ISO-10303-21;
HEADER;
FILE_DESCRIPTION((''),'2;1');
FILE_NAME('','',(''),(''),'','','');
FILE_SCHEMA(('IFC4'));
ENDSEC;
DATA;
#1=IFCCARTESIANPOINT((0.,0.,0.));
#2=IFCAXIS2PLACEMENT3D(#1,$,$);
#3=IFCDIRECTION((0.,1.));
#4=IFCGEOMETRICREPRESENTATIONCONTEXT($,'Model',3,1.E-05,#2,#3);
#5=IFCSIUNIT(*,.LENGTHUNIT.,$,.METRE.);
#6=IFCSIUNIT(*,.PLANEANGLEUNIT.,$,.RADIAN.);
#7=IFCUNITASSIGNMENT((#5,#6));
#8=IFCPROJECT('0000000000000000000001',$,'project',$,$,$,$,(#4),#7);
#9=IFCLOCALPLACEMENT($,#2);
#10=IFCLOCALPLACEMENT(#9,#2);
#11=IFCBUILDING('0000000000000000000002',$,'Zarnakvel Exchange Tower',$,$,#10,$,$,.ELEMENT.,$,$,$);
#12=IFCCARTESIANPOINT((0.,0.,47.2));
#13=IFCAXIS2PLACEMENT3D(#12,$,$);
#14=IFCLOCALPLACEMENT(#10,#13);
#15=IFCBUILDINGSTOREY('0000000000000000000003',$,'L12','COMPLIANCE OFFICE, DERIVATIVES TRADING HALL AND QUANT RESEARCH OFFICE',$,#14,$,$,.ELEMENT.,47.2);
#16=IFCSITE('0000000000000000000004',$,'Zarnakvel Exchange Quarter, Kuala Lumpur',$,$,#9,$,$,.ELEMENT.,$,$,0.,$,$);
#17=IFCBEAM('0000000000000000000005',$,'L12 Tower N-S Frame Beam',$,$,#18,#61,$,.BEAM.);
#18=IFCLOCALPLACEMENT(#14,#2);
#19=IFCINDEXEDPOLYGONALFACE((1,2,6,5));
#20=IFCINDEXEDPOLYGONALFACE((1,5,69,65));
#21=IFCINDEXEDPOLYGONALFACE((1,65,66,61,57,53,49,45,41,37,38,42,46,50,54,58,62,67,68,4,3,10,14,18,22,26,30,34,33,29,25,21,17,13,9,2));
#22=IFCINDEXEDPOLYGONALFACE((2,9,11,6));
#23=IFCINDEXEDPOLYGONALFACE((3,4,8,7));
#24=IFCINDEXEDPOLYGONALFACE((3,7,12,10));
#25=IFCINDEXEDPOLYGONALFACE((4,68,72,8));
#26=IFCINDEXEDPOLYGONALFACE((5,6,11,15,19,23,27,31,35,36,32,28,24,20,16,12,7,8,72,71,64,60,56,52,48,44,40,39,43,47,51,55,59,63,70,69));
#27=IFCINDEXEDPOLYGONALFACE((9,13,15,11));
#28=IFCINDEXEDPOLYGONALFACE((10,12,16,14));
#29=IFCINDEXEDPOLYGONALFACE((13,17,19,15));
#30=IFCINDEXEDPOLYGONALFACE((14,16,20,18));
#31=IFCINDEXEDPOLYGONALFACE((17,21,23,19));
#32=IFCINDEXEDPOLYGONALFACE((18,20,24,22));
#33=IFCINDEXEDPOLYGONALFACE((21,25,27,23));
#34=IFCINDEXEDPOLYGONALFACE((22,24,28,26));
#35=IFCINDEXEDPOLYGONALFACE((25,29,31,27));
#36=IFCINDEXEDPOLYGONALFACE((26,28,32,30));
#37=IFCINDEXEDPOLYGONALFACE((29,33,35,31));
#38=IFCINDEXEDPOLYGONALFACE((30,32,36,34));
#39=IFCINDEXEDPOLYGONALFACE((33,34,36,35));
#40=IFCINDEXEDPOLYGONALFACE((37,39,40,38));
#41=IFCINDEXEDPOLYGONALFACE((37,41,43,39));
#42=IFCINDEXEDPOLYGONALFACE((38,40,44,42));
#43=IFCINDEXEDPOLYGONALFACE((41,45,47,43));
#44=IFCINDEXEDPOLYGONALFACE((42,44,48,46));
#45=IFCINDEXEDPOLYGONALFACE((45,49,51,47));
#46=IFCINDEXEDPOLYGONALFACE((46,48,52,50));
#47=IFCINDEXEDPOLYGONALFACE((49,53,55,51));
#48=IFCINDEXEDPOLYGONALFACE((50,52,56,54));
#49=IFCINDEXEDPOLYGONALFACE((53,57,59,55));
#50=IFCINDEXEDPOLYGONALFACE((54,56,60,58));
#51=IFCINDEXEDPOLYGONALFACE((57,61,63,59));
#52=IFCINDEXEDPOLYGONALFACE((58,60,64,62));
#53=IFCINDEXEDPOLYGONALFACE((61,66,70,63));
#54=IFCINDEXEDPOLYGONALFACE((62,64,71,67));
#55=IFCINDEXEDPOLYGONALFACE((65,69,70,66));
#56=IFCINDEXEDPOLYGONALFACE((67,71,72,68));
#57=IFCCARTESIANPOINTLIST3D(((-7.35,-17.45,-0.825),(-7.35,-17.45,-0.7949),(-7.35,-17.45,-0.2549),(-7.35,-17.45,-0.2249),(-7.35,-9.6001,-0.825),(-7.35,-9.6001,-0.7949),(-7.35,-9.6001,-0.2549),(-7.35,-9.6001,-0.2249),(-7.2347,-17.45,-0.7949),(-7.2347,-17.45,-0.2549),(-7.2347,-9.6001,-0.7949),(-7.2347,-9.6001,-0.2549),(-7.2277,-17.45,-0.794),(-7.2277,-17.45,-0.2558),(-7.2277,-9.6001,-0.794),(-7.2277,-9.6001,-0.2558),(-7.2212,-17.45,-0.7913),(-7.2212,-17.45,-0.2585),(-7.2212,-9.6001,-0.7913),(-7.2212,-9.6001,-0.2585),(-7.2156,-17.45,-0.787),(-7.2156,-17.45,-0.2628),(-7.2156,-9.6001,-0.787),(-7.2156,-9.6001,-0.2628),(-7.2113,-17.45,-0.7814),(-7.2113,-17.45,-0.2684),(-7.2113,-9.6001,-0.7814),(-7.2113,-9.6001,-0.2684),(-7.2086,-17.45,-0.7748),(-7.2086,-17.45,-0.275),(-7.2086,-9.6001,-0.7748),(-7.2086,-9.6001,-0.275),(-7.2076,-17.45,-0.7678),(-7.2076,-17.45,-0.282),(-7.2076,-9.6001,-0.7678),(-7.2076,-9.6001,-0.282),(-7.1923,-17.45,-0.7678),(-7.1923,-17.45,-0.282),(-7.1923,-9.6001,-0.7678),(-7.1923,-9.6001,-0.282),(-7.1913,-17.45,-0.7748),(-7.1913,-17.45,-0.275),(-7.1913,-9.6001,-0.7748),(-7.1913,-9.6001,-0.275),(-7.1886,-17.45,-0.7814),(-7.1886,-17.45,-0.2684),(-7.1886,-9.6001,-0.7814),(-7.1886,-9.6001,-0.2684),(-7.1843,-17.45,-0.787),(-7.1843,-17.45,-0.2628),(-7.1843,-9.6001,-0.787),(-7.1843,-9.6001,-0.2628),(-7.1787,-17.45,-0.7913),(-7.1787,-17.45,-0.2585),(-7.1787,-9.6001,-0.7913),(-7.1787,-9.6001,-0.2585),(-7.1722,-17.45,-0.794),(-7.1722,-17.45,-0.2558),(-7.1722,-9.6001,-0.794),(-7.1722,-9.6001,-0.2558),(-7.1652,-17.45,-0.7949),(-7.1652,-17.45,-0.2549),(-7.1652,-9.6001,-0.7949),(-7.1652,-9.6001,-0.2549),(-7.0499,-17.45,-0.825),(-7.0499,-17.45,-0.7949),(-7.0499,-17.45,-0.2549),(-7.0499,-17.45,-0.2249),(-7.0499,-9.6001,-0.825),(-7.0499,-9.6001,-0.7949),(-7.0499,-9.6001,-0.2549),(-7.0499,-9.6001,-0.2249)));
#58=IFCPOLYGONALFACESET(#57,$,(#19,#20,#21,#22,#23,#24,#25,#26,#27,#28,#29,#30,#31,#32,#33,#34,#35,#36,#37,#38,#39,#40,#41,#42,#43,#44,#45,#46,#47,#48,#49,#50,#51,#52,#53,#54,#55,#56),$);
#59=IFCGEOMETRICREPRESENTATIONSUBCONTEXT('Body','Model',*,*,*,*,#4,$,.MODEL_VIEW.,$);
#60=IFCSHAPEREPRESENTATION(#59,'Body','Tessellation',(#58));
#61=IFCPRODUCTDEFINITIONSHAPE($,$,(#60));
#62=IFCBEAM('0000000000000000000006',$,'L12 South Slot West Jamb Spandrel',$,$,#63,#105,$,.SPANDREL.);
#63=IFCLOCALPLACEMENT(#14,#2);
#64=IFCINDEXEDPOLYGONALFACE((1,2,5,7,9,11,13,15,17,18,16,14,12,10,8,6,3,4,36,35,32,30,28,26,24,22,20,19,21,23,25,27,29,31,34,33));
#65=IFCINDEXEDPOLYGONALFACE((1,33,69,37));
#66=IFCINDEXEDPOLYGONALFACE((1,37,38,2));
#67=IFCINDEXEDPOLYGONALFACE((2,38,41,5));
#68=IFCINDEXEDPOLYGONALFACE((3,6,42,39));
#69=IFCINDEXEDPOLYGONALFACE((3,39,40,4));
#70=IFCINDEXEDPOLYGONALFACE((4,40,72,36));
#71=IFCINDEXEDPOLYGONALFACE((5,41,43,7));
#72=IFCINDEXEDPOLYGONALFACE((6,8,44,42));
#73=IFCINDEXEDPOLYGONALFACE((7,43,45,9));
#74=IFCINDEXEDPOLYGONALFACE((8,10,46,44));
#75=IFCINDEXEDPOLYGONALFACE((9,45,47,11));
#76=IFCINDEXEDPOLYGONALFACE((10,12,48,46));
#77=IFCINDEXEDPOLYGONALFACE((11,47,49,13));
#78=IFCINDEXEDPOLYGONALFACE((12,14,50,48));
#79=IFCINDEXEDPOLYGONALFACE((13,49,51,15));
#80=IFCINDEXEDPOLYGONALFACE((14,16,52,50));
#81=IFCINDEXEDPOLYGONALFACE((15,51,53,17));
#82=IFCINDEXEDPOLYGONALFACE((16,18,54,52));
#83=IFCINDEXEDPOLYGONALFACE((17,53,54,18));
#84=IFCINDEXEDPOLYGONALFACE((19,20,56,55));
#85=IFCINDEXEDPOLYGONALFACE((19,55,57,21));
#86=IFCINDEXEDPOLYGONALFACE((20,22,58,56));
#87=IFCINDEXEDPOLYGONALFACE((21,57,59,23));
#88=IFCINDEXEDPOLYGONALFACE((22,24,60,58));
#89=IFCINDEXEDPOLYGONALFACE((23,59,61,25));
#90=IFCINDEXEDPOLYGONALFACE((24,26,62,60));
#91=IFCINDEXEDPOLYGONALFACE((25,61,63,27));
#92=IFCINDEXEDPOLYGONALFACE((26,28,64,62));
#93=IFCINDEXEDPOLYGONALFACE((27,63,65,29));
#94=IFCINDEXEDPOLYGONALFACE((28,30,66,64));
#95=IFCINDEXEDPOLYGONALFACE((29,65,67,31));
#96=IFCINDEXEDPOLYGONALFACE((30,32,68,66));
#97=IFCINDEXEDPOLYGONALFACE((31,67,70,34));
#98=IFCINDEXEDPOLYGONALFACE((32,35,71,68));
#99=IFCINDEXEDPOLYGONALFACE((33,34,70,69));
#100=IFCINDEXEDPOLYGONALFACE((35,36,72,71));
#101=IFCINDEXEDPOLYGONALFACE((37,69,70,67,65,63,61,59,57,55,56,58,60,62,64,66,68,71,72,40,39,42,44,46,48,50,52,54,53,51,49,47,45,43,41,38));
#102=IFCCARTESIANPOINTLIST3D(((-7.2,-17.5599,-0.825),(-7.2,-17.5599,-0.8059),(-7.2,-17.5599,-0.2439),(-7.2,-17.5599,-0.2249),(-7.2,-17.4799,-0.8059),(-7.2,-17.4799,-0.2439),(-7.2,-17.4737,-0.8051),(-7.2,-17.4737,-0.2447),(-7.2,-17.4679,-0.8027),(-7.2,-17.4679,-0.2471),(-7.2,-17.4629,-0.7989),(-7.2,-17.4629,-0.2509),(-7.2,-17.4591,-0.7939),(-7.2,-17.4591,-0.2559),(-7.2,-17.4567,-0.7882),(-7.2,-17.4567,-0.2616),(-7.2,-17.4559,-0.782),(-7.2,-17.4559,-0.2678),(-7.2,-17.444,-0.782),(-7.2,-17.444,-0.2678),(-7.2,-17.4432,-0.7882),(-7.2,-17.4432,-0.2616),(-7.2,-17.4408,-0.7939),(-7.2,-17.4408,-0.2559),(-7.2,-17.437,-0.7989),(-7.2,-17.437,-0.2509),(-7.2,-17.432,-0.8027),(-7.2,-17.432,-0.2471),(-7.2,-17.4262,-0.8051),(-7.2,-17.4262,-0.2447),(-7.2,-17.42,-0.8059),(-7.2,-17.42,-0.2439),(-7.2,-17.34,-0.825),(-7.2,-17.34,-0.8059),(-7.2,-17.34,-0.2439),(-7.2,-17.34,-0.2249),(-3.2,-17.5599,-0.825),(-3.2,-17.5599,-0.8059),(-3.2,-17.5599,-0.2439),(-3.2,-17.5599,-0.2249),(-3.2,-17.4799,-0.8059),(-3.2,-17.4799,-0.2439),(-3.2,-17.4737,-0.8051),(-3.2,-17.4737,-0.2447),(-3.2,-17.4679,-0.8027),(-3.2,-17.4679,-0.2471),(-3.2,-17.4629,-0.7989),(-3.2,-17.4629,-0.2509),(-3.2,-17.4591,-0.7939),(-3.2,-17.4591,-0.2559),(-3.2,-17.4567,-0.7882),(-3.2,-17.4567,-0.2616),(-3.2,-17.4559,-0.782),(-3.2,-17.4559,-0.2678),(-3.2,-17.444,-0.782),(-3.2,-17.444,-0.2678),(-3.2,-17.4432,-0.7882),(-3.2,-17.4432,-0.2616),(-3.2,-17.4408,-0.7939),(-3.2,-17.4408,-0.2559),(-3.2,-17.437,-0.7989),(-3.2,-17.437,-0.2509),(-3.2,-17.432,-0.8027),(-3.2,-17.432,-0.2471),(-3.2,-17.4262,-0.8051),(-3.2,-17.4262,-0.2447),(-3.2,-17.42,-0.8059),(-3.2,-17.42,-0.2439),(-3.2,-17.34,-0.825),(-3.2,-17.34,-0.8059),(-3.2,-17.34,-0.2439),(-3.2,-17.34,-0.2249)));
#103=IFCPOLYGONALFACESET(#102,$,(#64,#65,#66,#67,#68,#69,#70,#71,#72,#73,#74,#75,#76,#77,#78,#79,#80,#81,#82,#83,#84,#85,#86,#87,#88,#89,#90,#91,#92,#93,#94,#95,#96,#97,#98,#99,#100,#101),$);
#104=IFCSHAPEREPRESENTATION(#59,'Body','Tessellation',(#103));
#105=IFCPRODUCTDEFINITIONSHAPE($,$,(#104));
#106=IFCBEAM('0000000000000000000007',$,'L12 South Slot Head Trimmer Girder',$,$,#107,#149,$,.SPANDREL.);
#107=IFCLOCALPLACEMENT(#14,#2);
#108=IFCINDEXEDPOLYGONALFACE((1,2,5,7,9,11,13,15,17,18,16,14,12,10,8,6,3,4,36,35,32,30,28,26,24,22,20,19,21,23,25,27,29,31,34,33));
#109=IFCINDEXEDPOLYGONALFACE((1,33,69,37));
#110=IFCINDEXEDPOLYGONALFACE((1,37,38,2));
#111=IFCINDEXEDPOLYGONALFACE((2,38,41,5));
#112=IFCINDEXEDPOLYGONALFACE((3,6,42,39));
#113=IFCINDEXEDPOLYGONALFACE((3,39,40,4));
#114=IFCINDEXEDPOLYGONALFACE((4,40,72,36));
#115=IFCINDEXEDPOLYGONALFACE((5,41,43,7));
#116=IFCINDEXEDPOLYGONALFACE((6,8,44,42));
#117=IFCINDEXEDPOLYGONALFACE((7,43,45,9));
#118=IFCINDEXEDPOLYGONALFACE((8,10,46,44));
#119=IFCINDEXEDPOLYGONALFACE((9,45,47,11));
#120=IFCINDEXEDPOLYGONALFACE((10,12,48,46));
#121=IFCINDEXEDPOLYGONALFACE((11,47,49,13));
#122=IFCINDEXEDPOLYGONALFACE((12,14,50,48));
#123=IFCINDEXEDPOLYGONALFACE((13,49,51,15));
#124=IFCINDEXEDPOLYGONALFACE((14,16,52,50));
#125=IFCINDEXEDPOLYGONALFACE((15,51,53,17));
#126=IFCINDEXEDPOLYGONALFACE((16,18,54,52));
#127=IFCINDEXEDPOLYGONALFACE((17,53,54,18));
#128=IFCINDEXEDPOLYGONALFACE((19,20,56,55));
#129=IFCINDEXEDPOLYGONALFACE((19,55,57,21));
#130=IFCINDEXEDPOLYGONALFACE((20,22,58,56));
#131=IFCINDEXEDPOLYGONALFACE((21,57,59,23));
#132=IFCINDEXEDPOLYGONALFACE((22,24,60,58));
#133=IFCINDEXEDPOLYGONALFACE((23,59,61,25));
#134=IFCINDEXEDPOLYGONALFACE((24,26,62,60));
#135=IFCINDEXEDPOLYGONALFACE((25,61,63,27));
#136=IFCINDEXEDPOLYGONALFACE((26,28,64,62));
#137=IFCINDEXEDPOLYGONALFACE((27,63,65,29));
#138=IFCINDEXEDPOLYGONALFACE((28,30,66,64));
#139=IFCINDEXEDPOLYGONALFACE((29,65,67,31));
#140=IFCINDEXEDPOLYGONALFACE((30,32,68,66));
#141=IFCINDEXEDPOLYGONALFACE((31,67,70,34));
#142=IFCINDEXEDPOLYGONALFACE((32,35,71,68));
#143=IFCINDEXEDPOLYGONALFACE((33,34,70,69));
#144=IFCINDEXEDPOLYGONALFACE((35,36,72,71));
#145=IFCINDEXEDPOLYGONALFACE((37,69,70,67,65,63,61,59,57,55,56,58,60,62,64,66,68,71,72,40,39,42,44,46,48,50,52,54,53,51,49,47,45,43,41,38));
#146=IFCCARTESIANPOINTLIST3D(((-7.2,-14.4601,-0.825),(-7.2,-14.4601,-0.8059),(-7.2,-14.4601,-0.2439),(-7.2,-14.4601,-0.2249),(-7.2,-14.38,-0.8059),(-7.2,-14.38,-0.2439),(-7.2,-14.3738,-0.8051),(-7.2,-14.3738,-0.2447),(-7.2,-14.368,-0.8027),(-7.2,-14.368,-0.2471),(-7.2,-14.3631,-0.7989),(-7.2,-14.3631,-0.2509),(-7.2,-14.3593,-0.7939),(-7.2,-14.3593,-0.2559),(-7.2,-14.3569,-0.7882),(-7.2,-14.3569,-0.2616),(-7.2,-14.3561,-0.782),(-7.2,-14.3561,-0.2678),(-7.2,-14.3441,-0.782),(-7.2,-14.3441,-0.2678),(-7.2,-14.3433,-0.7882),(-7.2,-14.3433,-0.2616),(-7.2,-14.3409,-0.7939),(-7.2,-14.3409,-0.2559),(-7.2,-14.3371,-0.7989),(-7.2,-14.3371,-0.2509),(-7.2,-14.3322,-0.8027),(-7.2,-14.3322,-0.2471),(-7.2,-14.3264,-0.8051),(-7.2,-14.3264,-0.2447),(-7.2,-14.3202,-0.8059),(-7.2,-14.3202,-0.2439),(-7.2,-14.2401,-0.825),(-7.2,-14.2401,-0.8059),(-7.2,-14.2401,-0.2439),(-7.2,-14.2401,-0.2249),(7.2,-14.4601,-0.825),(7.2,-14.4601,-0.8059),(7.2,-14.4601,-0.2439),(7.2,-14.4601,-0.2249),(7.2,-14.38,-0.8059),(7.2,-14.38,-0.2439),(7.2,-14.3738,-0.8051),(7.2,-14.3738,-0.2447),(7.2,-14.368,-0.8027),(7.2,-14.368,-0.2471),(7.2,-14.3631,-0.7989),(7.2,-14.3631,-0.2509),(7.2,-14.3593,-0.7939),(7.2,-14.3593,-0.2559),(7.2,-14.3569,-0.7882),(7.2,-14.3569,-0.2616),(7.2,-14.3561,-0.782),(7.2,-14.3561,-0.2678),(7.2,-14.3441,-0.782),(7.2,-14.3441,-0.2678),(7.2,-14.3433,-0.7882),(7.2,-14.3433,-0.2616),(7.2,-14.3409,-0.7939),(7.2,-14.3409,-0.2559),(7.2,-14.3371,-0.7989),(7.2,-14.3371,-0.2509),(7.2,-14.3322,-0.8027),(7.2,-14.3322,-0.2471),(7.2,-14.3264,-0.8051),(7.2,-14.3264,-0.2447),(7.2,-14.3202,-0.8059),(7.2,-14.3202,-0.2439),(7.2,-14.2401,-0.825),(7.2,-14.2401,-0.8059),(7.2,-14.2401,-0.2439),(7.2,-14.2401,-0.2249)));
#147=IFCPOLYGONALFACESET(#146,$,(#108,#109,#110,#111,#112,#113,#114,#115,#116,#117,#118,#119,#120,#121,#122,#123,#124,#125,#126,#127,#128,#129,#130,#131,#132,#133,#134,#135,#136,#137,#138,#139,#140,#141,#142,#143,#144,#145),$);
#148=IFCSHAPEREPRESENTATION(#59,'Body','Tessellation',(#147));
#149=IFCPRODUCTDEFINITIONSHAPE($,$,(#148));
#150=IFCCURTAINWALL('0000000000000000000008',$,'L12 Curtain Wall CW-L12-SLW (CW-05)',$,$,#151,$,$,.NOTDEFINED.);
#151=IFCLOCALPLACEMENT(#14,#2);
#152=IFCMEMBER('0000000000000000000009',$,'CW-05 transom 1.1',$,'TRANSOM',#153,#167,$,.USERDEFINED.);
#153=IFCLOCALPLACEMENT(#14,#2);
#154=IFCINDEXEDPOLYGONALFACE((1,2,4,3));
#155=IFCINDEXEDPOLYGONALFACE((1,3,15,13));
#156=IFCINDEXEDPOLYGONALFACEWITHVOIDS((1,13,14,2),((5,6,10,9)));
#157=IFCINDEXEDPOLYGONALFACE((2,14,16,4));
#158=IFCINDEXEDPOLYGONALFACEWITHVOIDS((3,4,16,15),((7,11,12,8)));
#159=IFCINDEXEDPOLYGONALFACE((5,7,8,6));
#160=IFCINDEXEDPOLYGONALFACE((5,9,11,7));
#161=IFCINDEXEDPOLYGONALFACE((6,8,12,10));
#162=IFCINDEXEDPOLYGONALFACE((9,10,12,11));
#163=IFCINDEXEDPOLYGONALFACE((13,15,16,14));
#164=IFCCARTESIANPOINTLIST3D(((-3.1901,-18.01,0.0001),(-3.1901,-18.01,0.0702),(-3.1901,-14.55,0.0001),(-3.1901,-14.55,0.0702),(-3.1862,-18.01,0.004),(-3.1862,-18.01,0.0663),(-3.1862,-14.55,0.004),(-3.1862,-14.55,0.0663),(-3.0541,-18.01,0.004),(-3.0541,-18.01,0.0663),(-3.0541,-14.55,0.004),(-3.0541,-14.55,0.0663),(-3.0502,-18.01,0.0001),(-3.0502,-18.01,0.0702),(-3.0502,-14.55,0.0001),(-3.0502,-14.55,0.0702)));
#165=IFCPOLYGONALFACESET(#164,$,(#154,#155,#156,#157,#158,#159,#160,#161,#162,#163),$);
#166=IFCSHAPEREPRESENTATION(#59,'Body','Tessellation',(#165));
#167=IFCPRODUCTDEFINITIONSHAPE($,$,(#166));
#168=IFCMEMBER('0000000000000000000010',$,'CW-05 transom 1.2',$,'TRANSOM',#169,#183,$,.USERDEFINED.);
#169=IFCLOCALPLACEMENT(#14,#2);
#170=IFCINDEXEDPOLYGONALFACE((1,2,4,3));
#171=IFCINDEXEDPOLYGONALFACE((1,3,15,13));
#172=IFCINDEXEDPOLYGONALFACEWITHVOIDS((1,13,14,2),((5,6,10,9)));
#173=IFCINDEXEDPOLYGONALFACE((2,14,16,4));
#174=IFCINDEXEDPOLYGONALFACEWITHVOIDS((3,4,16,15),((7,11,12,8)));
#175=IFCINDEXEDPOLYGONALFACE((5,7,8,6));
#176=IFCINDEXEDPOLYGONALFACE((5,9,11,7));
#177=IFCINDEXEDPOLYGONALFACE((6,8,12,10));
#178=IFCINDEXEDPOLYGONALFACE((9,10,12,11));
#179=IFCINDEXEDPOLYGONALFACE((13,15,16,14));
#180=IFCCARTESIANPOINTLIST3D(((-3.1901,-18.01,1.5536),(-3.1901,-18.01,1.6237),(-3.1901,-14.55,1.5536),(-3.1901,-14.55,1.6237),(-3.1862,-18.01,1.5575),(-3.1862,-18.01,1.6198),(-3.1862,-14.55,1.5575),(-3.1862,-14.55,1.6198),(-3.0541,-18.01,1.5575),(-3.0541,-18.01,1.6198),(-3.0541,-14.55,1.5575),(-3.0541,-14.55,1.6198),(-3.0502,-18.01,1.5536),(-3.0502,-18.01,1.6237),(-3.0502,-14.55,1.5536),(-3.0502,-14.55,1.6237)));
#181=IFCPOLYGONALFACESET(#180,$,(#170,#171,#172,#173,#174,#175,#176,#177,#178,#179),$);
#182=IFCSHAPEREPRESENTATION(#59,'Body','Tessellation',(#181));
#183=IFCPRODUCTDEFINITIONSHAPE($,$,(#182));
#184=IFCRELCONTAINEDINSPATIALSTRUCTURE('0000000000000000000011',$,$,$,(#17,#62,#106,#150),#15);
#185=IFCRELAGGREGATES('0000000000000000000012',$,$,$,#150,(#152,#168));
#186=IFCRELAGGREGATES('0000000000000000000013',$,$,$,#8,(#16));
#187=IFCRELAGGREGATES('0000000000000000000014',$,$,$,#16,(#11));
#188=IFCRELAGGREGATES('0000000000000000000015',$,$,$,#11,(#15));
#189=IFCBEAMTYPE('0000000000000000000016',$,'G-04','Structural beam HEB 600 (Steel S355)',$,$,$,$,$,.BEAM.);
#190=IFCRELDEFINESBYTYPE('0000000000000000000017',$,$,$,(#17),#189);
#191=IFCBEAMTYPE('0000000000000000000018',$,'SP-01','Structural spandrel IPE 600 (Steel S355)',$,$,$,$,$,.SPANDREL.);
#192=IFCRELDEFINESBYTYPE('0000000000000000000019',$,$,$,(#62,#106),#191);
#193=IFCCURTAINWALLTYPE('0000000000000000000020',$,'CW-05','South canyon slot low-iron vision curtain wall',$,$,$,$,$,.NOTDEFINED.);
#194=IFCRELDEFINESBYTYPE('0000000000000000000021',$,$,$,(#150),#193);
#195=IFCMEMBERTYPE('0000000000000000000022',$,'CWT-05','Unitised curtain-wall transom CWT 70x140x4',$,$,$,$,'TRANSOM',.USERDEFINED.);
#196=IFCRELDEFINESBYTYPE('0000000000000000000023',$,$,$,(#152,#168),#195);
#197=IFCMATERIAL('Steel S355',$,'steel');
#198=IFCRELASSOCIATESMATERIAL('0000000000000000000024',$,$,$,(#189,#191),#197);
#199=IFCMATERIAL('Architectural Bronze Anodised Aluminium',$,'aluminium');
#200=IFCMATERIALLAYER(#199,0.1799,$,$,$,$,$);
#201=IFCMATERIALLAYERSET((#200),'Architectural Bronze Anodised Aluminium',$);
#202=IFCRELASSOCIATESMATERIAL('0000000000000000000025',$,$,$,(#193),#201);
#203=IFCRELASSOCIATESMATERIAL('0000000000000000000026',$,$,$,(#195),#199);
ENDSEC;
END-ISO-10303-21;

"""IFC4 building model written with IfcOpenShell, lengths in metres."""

from ifc_helpers import new_model, si_unit, direction, frame, origin, origin_2d, place, context, subcontext, project, spatial, hollow_rectangle, i_section, extrude, source, transform, mapped, material, layer, layer_set, material_profile, profile_set, type_object, element, aggregate, save


model = new_model("IFC4")

# Units and contexts
model_context = context("Model", 3, precision=1e-05, world=origin(), true_north=direction((0.0, 1.0)))
body_context = subcontext(model_context, "Body", "Model", "MODEL_VIEW")
ifc_project = project(units=[si_unit("LENGTHUNIT", "METRE"), si_unit("PLANEANGLEUNIT", "RADIAN")], contexts=[model_context])

# Site, building, storey
site_placement = place(None, origin())
site = spatial("IfcSite", under=ifc_project, at=site_placement, Name="Zarnakvel Exchange Quarter, Kuala Lumpur", CompositionType="ELEMENT", RefElevation=0.0)
building_placement = place(site_placement, origin())
building = spatial("IfcBuilding", under=site, at=building_placement, Name="Zarnakvel Exchange Tower", CompositionType="ELEMENT")
storey_placement = place(building_placement, frame((0.0, 0.0, 47.2)))
storey = spatial("IfcBuildingStorey", under=building, at=storey_placement, Name="L12", Description="COMPLIANCE OFFICE, DERIVATIVES TRADING HALL AND QUANT RESEARCH OFFICE", CompositionType="ELEMENT", Elevation=47.2)

# Beams
ifc_material_1 = material(Name="Steel S355", Category="steel")
ifc_material_profile_1 = material_profile(ifc_material_1, i_section(OverallWidth=0.3, OverallDepth=0.6001, WebThickness=0.0154, FlangeThickness=0.03, FilletRadius=0.0271, at=origin_2d()))
ifc_profile_set_1 = profile_set([ifc_material_profile_1], Name="Steel S355")
beam_type_1 = type_object("IfcBeamType", Name="G-04", Description="Structural beam HEB 600 (Steel S355)", PredefinedType="BEAM", material=ifc_profile_set_1)
beam_1_placement = place(storey_placement, frame((-7.2, -17.45, -0.5249), z_axis=(0.0, 1.0, 0.0), x_axis=(-1.0, 0.0, 0.0)))
element("IfcBeam", 1, at=beam_1_placement, inside=storey, type_object=beam_type_1, Name="L12 Tower N-S Frame Beam", PredefinedType="BEAM", context=body_context, shape_type="SweptSolid", body=[
    extrude(i_section(OverallWidth=0.3, OverallDepth=0.6001, WebThickness=0.0154, FlangeThickness=0.03, FilletRadius=0.0271, at=origin_2d()), origin(), (0.0, 0.0, 1.0), 7.8499),
])
ifc_material_profile_2 = material_profile(ifc_material_1, i_section(OverallWidth=0.22, OverallDepth=0.6001, WebThickness=0.012, FlangeThickness=0.019, FilletRadius=0.0239, at=origin_2d()))
ifc_profile_set_2 = profile_set([ifc_material_profile_2], Name="Steel S355")
beam_type_2 = type_object("IfcBeamType", Name="SP-01", Description="Structural spandrel IPE 600 (Steel S355)", PredefinedType="SPANDREL", material=ifc_profile_set_2)
beam_2_placement = place(storey_placement, frame((-7.2, -17.45, -0.5249), z_axis=(1.0, 0.0, 0.0), x_axis=(0.0, 1.0, 0.0)))
element("IfcBeam", 2, at=beam_2_placement, inside=storey, type_object=beam_type_2, Name="L12 South Slot West Jamb Spandrel", PredefinedType="SPANDREL", context=body_context, shape_type="SweptSolid", body=[
    extrude(i_section(OverallWidth=0.22, OverallDepth=0.6001, WebThickness=0.012, FlangeThickness=0.019, FilletRadius=0.0239, at=origin_2d()), origin(), (0.0, 0.0, 1.0), 4.0),
])
beam_3_placement = place(storey_placement, frame((-7.2, -14.3501, -0.5249), z_axis=(1.0, 0.0, 0.0), x_axis=(0.0, 1.0, 0.0)))
element("IfcBeam", 3, at=beam_3_placement, inside=storey, type_object=beam_type_2, Name="L12 South Slot Head Trimmer Girder", PredefinedType="SPANDREL", context=body_context, shape_type="SweptSolid", body=[
    extrude(i_section(OverallWidth=0.22, OverallDepth=0.6001, WebThickness=0.012, FlangeThickness=0.019, FilletRadius=0.0239, at=origin_2d()), origin(), (0.0, 0.0, 1.0), 14.3999),
])

# Curtain wall, members
ifc_material_2 = material(Name="Architectural Bronze Anodised Aluminium", Category="aluminium")
ifc_layer_1 = layer(ifc_material_2, 0.1799)
ifc_layer_set_1 = layer_set([ifc_layer_1], Name="Architectural Bronze Anodised Aluminium")
curtain_wall_type = type_object("IfcCurtainWallType", Name="CW-05", Description="South canyon slot low-iron vision curtain wall", PredefinedType="NOTDEFINED", material=ifc_layer_set_1)
curtain_wall_1_placement = place(storey_placement, origin())
curtain_wall_1 = element("IfcCurtainWall", 4, at=curtain_wall_1_placement, inside=storey, type_object=curtain_wall_type, Name="L12 Curtain Wall CW-L12-SLW (CW-05)", PredefinedType="NOTDEFINED")
ifc_material_profile_3 = material_profile(ifc_material_2, hollow_rectangle(XDim=0.1399, YDim=0.0701, WallThickness=0.0039, at=origin_2d()))
ifc_profile_set_3 = profile_set([ifc_material_profile_3], Name="Architectural Bronze Anodised Aluminium")
member_type_1 = type_object("IfcMemberType", Name="CWT-05", Description="Unitised curtain-wall transom CWT 70x140x4", ElementType="TRANSOM", PredefinedType="USERDEFINED", material=ifc_profile_set_3)
shared_shape_1 = source(origin(), body_context, "Body", "SweptSolid", [
    extrude(hollow_rectangle(XDim=0.1399, YDim=0.0701, WallThickness=0.0039, at=origin_2d()), origin(), (0.0, 0.0, 1.0), 3.46),
])
member_1_placement = place(storey_placement, frame((-3.1201, -18.01, 0.0352), z_axis=(0.0, 1.0, 0.0), x_axis=(-1.0, 0.0, 0.0)))
member_1 = element("IfcMember", 5, at=member_1_placement, type_object=member_type_1, Name="CW-05 transom 1.1", ObjectType="TRANSOM", PredefinedType="USERDEFINED", context=body_context, shape_type="MappedRepresentation", body=[
    mapped(shared_shape_1, transform((0.0, 0.0, 0.0), x_axis=(1.0, 0.0, 0.0), y_axis=(0.0, 1.0, 0.0), z_axis=(0.0, 0.0, 1.0), scale=1.0)),
])
member_2_placement = place(storey_placement, frame((-3.1201, -18.01, 1.5886), z_axis=(0.0, 1.0, 0.0), x_axis=(-1.0, 0.0, 0.0)))
member_2 = element("IfcMember", 6, at=member_2_placement, type_object=member_type_1, Name="CW-05 transom 1.2", ObjectType="TRANSOM", PredefinedType="USERDEFINED", context=body_context, shape_type="MappedRepresentation", body=[
    mapped(shared_shape_1, transform((0.0, 0.0, 0.0), x_axis=(1.0, 0.0, 0.0), y_axis=(0.0, 1.0, 0.0), z_axis=(0.0, 0.0, 1.0), scale=1.0)),
])

aggregate(curtain_wall_1, [member_1, member_2])

save(model, "model.ifc")
